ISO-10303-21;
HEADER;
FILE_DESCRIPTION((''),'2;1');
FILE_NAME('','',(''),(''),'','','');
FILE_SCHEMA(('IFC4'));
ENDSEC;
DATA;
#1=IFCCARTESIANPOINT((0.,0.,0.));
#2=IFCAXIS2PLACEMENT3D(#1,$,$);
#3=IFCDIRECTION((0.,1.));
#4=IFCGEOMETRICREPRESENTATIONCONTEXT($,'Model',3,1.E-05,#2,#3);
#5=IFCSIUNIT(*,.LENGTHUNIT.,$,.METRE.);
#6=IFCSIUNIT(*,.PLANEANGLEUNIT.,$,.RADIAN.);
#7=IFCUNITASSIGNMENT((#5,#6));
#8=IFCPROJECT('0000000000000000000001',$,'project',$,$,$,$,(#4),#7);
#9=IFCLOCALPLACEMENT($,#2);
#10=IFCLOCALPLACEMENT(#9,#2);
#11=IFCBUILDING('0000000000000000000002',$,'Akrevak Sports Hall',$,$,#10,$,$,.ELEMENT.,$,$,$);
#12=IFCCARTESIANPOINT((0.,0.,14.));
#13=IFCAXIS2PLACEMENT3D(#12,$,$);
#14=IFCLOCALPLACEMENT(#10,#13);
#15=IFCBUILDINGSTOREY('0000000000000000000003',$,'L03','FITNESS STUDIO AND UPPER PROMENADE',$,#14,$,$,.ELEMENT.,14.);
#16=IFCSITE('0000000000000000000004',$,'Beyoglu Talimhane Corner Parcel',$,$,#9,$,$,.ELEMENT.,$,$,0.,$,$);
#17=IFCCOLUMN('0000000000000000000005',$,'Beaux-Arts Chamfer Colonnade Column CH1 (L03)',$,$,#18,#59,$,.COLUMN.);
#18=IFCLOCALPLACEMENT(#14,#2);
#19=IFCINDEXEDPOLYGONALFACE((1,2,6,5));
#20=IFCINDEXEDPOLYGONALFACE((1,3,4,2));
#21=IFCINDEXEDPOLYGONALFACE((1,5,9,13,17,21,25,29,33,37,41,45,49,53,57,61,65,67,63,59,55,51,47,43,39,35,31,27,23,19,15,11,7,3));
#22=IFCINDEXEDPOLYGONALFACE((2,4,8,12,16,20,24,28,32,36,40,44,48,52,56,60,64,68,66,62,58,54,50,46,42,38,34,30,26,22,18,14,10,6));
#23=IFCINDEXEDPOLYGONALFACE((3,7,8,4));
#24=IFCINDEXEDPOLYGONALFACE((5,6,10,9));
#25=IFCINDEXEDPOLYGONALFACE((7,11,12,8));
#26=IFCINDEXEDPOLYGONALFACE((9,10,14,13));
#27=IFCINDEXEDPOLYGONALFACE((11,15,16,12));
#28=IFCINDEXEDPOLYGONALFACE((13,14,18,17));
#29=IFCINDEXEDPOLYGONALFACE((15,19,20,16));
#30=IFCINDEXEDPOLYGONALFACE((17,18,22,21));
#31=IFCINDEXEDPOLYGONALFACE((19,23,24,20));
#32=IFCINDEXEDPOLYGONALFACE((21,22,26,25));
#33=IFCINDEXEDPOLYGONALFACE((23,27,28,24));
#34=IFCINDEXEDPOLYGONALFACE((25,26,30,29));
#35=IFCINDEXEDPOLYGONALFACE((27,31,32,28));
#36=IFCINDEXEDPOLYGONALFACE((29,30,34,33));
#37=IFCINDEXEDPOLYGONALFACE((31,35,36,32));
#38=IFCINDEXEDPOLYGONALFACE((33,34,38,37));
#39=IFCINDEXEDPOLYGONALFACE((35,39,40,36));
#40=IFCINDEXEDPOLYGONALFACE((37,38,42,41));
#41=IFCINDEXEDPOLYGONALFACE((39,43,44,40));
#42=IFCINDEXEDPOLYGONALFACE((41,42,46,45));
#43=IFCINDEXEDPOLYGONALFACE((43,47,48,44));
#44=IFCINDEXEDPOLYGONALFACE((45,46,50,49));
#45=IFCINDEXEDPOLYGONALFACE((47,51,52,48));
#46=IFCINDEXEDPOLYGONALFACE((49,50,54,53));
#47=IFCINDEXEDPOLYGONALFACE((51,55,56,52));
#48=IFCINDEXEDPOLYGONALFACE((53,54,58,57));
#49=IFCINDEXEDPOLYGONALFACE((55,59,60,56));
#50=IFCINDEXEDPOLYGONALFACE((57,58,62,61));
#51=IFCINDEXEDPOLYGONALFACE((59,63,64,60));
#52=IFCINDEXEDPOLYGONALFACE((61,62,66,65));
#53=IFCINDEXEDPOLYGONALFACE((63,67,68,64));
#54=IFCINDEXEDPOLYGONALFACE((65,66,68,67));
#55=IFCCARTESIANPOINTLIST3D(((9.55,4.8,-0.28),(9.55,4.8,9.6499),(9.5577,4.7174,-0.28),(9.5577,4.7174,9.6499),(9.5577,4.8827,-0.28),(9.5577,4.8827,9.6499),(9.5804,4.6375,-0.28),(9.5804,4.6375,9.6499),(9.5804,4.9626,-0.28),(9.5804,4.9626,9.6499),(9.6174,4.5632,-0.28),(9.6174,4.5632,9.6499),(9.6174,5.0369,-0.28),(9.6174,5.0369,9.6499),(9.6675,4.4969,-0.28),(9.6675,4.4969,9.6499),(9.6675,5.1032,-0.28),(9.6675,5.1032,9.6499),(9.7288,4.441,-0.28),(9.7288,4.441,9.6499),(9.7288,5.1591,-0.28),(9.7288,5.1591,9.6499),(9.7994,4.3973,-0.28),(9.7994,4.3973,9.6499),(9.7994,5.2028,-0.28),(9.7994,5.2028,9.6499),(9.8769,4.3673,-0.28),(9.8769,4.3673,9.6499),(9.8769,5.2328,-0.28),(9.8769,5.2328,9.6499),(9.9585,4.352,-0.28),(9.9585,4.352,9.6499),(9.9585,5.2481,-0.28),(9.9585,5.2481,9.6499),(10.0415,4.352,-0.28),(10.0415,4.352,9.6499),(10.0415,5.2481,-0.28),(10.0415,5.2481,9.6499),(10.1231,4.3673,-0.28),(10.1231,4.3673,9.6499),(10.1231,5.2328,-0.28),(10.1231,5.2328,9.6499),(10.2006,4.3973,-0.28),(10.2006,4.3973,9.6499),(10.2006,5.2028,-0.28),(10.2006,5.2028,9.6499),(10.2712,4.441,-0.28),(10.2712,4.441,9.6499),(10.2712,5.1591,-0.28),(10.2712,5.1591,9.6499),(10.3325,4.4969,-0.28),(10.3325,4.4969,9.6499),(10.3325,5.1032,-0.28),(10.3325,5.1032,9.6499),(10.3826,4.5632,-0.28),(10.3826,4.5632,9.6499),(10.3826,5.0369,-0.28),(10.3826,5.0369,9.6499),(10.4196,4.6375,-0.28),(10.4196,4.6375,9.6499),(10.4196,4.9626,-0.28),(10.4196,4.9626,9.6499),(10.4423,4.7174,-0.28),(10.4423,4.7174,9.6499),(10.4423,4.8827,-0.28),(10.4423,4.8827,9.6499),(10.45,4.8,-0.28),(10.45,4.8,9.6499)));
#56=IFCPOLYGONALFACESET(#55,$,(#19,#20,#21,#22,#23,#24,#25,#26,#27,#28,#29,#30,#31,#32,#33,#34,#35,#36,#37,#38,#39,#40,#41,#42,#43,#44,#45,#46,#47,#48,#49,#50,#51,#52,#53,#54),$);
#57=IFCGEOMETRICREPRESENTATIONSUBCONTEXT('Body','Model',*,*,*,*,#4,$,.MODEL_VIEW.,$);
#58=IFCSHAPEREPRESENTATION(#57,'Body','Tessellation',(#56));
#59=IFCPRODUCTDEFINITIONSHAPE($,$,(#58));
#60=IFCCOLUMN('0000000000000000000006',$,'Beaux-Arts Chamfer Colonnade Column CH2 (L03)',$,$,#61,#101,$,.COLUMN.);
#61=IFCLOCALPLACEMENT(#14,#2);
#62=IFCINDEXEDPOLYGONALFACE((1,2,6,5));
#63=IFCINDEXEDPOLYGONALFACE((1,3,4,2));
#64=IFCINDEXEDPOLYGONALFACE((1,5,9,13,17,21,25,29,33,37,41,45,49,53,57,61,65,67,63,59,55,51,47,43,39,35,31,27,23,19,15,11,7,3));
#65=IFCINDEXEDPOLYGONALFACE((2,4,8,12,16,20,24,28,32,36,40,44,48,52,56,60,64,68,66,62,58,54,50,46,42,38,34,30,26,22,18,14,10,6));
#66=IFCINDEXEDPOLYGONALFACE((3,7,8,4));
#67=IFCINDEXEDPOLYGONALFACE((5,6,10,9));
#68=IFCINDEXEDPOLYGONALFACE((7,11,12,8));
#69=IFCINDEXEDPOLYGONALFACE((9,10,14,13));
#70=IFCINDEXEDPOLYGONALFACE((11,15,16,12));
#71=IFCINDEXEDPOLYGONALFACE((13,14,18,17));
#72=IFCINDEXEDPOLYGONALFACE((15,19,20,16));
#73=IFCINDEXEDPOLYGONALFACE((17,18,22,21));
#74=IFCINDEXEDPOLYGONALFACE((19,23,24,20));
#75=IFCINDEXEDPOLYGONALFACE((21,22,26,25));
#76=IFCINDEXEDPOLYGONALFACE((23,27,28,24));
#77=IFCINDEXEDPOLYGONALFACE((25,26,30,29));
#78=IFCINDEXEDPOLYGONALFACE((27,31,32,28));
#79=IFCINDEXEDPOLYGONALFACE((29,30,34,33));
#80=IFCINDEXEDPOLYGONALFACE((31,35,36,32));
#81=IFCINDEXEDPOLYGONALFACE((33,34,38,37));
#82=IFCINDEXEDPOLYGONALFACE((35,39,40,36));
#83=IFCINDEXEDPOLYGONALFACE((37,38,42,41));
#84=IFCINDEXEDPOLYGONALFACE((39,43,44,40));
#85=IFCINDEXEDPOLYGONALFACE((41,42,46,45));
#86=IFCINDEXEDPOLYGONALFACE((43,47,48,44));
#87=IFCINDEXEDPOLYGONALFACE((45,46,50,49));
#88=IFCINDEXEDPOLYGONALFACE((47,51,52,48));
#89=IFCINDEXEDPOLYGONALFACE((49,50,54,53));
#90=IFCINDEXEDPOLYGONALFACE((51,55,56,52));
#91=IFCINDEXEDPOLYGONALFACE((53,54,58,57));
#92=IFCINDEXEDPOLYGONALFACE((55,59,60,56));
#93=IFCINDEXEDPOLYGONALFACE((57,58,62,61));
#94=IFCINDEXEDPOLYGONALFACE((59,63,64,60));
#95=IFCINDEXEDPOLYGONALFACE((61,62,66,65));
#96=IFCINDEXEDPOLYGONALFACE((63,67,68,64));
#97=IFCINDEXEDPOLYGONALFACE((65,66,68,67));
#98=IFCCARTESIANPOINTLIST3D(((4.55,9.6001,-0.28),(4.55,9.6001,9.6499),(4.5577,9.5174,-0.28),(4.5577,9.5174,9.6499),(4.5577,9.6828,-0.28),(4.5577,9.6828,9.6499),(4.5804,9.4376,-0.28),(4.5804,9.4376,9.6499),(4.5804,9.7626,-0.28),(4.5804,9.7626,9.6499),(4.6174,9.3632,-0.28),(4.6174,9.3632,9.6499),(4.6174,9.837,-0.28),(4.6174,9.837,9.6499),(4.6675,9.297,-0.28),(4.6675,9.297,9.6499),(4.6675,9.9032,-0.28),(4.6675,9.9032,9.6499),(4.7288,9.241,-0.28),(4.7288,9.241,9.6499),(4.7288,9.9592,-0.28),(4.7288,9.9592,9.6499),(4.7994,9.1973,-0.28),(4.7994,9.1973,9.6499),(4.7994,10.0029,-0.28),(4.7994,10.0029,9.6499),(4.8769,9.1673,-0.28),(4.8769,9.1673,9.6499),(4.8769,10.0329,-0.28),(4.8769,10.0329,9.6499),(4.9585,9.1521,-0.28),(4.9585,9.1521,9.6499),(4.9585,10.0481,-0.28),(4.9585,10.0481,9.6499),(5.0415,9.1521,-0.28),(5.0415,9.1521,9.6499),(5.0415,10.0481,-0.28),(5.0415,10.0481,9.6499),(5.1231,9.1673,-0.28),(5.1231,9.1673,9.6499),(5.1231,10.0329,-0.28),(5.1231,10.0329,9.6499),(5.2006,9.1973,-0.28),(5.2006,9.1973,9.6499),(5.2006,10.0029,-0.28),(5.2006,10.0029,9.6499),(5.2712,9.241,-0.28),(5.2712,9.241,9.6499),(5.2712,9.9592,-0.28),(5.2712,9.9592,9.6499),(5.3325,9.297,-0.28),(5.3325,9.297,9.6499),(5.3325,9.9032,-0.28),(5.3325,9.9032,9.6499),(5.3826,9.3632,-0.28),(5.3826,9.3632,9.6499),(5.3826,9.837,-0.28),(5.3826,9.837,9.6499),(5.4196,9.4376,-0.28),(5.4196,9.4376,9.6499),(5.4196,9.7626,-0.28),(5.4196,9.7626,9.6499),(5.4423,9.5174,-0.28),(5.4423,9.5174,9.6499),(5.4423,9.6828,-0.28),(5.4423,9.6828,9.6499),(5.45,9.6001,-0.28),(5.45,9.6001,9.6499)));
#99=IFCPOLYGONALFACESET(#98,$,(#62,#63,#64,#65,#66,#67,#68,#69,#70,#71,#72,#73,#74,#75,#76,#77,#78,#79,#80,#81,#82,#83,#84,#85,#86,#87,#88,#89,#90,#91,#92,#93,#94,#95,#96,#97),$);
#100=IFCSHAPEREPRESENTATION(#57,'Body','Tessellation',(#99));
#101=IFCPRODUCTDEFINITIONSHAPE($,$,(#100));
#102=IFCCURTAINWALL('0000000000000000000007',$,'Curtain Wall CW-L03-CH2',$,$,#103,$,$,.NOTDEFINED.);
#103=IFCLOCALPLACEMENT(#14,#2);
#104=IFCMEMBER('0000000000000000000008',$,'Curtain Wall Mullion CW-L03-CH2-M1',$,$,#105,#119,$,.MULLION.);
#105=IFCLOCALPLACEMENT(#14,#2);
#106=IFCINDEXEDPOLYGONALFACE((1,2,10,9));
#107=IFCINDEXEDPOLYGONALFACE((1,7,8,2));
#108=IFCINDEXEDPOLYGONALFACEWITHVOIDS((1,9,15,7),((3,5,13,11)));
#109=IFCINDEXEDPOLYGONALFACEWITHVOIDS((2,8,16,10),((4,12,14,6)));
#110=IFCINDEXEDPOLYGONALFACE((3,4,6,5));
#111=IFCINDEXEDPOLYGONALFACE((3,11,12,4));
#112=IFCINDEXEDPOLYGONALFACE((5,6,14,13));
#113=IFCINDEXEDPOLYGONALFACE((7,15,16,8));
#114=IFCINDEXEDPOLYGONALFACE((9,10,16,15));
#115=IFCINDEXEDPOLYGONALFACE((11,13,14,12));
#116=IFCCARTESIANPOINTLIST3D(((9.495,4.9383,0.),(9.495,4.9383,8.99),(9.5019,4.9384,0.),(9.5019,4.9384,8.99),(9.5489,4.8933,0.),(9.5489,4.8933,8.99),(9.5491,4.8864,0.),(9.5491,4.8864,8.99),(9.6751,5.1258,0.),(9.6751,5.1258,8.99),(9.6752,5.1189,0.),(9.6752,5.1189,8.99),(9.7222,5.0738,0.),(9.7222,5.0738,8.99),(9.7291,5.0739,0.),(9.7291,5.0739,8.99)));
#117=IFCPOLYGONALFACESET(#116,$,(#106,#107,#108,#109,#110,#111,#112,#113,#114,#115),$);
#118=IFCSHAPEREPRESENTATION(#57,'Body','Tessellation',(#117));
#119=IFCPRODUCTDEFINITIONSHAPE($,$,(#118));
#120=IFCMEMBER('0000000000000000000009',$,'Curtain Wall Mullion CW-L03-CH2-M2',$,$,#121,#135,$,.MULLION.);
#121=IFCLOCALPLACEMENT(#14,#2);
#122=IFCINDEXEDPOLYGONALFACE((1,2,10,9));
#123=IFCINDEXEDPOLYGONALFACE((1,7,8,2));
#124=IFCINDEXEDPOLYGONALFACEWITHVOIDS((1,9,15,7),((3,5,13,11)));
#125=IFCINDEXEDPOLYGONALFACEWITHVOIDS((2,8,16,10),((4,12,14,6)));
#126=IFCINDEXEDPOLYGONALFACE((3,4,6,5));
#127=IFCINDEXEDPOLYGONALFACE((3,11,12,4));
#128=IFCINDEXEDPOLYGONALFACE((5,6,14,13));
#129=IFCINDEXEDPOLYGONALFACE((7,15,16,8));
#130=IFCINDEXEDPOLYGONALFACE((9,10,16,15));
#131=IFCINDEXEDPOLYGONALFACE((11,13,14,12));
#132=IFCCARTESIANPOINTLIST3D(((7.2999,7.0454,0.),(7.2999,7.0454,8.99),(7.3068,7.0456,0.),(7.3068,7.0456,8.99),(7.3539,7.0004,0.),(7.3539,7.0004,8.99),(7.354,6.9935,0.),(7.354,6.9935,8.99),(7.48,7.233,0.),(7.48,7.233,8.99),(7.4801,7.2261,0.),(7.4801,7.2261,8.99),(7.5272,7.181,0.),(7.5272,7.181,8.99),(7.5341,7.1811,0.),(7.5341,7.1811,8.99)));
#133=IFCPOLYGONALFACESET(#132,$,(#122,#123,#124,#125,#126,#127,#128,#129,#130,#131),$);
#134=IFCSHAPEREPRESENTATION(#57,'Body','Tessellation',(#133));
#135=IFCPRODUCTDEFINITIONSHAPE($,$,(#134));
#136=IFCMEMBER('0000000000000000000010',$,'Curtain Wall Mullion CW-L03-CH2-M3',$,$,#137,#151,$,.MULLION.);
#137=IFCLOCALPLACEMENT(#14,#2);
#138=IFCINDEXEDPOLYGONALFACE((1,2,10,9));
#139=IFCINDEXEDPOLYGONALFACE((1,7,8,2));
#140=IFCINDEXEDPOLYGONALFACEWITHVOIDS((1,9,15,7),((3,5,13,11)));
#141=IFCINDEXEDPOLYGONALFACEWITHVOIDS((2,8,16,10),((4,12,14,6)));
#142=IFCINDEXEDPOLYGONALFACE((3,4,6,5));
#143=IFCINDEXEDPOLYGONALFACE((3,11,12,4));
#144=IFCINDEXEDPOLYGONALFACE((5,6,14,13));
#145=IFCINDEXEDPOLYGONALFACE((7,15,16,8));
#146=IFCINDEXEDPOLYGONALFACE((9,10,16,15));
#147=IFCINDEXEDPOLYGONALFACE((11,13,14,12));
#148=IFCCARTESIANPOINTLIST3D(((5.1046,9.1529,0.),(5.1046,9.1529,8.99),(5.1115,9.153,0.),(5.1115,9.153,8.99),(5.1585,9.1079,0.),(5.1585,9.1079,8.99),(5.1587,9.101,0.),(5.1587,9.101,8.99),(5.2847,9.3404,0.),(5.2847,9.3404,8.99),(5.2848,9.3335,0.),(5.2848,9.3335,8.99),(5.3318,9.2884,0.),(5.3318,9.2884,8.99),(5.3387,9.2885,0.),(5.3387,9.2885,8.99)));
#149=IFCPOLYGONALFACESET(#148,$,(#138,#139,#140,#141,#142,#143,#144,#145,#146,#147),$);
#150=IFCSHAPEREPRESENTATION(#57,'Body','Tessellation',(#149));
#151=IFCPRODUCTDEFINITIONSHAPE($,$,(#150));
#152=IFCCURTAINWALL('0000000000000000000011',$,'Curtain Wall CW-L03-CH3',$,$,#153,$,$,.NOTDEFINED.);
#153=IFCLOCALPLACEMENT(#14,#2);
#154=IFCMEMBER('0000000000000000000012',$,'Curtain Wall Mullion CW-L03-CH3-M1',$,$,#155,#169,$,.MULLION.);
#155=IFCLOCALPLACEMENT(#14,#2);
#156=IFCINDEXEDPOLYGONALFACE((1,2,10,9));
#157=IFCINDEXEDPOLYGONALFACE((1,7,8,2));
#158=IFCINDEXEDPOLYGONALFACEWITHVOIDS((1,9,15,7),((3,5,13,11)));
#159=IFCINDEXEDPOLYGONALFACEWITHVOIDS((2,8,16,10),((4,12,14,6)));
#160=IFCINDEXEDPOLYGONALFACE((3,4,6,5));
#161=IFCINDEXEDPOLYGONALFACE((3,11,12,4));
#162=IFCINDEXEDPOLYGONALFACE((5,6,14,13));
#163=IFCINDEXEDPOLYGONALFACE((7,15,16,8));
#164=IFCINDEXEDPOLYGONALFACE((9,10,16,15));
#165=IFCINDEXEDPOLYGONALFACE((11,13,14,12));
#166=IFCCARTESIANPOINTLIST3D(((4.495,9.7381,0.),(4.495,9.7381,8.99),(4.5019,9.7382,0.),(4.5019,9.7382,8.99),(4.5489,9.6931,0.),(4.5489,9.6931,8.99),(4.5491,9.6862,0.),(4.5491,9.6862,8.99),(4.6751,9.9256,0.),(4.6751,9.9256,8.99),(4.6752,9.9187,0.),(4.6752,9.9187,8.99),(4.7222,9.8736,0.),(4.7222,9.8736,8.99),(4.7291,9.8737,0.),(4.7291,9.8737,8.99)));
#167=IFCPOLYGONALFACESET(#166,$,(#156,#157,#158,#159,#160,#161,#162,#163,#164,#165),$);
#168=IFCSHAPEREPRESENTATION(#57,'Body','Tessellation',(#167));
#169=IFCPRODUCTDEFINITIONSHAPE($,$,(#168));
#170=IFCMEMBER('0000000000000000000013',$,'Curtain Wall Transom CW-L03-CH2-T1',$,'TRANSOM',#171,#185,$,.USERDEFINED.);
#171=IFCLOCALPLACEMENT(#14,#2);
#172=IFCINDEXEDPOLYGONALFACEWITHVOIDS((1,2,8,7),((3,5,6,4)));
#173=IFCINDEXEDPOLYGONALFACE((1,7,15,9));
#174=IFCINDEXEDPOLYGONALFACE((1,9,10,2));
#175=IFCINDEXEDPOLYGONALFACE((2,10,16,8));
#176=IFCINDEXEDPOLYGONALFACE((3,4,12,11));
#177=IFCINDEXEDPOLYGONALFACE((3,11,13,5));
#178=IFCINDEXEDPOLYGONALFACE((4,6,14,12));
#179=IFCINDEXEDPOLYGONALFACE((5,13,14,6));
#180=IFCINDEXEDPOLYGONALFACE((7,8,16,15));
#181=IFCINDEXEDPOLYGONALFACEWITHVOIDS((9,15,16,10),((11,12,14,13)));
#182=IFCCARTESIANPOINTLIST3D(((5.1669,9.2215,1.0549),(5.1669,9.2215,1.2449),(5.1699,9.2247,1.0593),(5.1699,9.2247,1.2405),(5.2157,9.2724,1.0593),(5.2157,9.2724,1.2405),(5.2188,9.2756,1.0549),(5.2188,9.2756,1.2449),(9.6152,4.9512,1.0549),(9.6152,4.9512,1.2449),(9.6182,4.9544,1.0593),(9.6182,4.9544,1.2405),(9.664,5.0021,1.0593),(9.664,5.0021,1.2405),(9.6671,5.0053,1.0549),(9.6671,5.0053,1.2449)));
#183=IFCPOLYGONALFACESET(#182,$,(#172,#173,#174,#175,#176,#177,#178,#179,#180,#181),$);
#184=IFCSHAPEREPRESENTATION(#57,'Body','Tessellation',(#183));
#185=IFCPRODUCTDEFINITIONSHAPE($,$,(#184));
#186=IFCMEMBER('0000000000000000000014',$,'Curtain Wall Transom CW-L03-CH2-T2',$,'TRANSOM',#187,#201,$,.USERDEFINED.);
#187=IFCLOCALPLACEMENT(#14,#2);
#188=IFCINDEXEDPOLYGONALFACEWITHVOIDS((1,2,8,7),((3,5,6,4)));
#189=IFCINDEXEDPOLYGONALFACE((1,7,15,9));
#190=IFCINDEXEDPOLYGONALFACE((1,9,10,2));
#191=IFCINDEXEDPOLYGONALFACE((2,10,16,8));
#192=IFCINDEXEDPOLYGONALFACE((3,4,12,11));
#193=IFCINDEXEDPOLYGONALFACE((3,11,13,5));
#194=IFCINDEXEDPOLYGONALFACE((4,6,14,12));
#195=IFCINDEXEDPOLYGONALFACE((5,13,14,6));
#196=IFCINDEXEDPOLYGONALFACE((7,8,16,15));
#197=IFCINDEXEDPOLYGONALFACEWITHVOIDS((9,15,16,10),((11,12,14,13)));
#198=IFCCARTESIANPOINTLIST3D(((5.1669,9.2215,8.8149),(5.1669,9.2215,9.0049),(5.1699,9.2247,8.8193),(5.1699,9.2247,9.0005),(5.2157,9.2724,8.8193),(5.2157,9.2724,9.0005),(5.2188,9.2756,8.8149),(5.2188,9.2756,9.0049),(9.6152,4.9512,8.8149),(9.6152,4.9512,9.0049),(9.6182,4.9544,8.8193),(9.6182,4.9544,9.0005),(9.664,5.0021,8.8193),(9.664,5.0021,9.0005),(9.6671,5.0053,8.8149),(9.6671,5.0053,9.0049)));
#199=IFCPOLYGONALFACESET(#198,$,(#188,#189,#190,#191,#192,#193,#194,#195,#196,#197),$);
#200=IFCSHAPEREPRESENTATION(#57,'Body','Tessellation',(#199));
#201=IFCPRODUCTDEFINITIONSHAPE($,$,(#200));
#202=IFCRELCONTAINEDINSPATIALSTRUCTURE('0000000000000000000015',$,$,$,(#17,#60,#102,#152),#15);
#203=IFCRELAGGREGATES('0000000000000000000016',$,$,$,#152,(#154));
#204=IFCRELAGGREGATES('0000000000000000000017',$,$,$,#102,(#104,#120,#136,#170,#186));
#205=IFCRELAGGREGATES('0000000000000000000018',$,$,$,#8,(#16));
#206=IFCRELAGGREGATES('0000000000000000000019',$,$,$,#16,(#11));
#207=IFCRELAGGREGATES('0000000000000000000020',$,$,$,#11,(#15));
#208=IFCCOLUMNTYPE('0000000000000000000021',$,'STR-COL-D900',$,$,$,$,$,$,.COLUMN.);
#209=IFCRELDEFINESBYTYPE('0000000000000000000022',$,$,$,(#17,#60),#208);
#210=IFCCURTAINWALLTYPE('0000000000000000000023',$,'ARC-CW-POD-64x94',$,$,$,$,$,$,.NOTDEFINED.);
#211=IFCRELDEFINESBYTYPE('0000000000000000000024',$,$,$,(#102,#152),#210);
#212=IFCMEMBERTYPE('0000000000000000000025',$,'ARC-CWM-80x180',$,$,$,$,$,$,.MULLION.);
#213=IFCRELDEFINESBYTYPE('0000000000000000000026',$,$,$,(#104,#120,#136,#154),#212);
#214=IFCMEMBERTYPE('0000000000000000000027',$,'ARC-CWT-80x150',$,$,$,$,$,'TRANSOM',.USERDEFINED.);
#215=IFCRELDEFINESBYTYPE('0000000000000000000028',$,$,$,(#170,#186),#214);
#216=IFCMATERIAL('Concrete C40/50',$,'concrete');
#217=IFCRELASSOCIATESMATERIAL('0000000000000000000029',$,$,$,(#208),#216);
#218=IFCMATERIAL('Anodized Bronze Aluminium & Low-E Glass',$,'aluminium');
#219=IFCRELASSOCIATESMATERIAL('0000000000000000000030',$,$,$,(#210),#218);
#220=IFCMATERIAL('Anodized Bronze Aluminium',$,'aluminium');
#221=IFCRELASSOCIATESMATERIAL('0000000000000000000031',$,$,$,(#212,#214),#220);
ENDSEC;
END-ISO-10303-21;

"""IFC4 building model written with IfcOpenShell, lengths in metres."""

from ifc_helpers import new_model, si_unit, direction, frame, origin, origin_2d, place, context, subcontext, project, spatial, hollow_rectangle, circle, extrude, material, material_profile, profile_set, type_object, element, aggregate, save


model = new_model("IFC4")

# Units and contexts
model_context = context("Model", 3, precision=1e-05, world=origin(), true_north=direction((0.0, 1.0)))
body_context = subcontext(model_context, "Body", "Model", "MODEL_VIEW")
ifc_project = project(units=[si_unit("LENGTHUNIT", "METRE"), si_unit("PLANEANGLEUNIT", "RADIAN")], contexts=[model_context])

# Site, building, storey
site_placement = place(None, origin())
site = spatial("IfcSite", under=ifc_project, at=site_placement, Name="Beyoglu Talimhane Corner Parcel", CompositionType="ELEMENT", RefElevation=0.0)
building_placement = place(site_placement, origin())
building = spatial("IfcBuilding", under=site, at=building_placement, Name="Akrevak Sports Hall", CompositionType="ELEMENT")
storey_placement = place(building_placement, frame((0.0, 0.0, 14.0)))
storey = spatial("IfcBuildingStorey", under=building, at=storey_placement, Name="L03", Description="FITNESS STUDIO AND UPPER PROMENADE", CompositionType="ELEMENT", Elevation=14.0)

# Columns
ifc_material_1 = material(Name="Concrete C40/50", Category="concrete")
ifc_material_profile_1 = material_profile(ifc_material_1, circle(Radius=0.45, at=origin_2d()), Name="COL D900", Category="concrete")
ifc_profile_set_1 = profile_set([ifc_material_profile_1], Name="Concrete C40/50")
column_type = type_object("IfcColumnType", Name="STR-COL-D900", PredefinedType="COLUMN", material=ifc_profile_set_1)
for number, where, z_axis, x_axis, name in (
    (1, (10.0, 4.8, -0.28), (0.0, 0.0, 1.0), (1.0, 0.0, 0.0), "Beaux-Arts Chamfer Colonnade Column CH1 (L03)"),
    (2, (5.0, 9.6001, -0.28), (0.0, 0.0, 1.0), (1.0, 0.0, 0.0), "Beaux-Arts Chamfer Colonnade Column CH2 (L03)"),
):
    element("IfcColumn", number, at=place(storey_placement, frame(where, z_axis=z_axis, x_axis=x_axis)), inside=storey, type_object=column_type, Name=name, PredefinedType="COLUMN", context=body_context, shape_type="SweptSolid", body=[
        extrude(circle(Radius=0.45, at=origin_2d()), origin(), (0.0, 0.0, 1.0), 9.9299),
    ])

# Curtain wall, members
ifc_material_2 = material(Name="Anodized Bronze Aluminium & Low-E Glass", Category="aluminium")
curtain_wall_type = type_object("IfcCurtainWallType", Name="ARC-CW-POD-64x94", PredefinedType="NOTDEFINED", material=ifc_material_2)
curtain_wall_1_placement = place(storey_placement, origin())
curtain_wall_1 = element("IfcCurtainWall", 3, at=curtain_wall_1_placement, inside=storey, type_object=curtain_wall_type, Name="Curtain Wall CW-L03-CH2", PredefinedType="NOTDEFINED")
ifc_material_3 = material(Name="Anodized Bronze Aluminium", Category="aluminium")
ifc_material_profile_2 = material_profile(ifc_material_3, hollow_rectangle(XDim=0.075, YDim=0.26, WallThickness=0.0049, at=origin_2d()), Name="CWM 75x260", Category="aluminium")
ifc_profile_set_2 = profile_set([ifc_material_profile_2], Name="Anodized Bronze Aluminium")
member_type_1 = type_object("IfcMemberType", Name="ARC-CWM-80x180", PredefinedType="MULLION", material=ifc_profile_set_2)
member_1_placement = place(storey_placement, frame((9.6121, 5.0061, 0.0), z_axis=(0.0, 0.0, 1.0), x_axis=(-0.721398, 0.692521, 0.0)))
member_1 = element("IfcMember", 4, at=member_1_placement, type_object=member_type_1, Name="Curtain Wall Mullion CW-L03-CH2-M1", PredefinedType="MULLION", context=body_context, shape_type="SweptSolid", body=[
    extrude(hollow_rectangle(XDim=0.075, YDim=0.26, WallThickness=0.0049, at=origin_2d()), origin(), (0.0, 0.0, 1.0), 8.99),
])
member_2_placement = place(storey_placement, frame((7.417, 7.1133, 0.0), z_axis=(0.0, 0.0, 1.0), x_axis=(-0.721398, 0.692521, 0.0)))
member_2 = element("IfcMember", 5, at=member_2_placement, type_object=member_type_1, Name="Curtain Wall Mullion CW-L03-CH2-M2", PredefinedType="MULLION", context=body_context, shape_type="SweptSolid", body=[
    extrude(hollow_rectangle(XDim=0.075, YDim=0.26, WallThickness=0.0049, at=origin_2d()), origin(), (0.0, 0.0, 1.0), 8.99),
])
member_3_placement = place(storey_placement, frame((5.2217, 9.2207, 0.0), z_axis=(0.0, 0.0, 1.0), x_axis=(-0.721398, 0.692521, 0.0)))
member_3 = element("IfcMember", 6, at=member_3_placement, type_object=member_type_1, Name="Curtain Wall Mullion CW-L03-CH2-M3", PredefinedType="MULLION", context=body_context, shape_type="SweptSolid", body=[
    extrude(hollow_rectangle(XDim=0.075, YDim=0.26, WallThickness=0.0049, at=origin_2d()), origin(), (0.0, 0.0, 1.0), 8.99),
])

# Curtain wall, member
curtain_wall_2_placement = place(storey_placement, origin())
curtain_wall_2 = element("IfcCurtainWall", 7, at=curtain_wall_2_placement, inside=storey, type_object=curtain_wall_type, Name="Curtain Wall CW-L03-CH3", PredefinedType="NOTDEFINED")
member_4_placement = place(storey_placement, frame((4.6121, 9.8059, 0.0), z_axis=(0.0, 0.0, 1.0), x_axis=(-0.721398, 0.692521, 0.0)))
member_4 = element("IfcMember", 8, at=member_4_placement, type_object=member_type_1, Name="Curtain Wall Mullion CW-L03-CH3-M1", PredefinedType="MULLION", context=body_context, shape_type="SweptSolid", body=[
    extrude(hollow_rectangle(XDim=0.075, YDim=0.26, WallThickness=0.0049, at=origin_2d()), origin(), (0.0, 0.0, 1.0), 8.99),
])

# Members
ifc_material_profile_3 = material_profile(ifc_material_3, hollow_rectangle(XDim=0.075, YDim=0.1899, WallThickness=0.0044, at=origin_2d()), Name="CWT 75x190", Category="aluminium")
ifc_profile_set_3 = profile_set([ifc_material_profile_3], Name="Anodized Bronze Aluminium")
member_type_2 = type_object("IfcMemberType", Name="ARC-CWT-80x150", ElementType="TRANSOM", PredefinedType="USERDEFINED", material=ifc_profile_set_3)
member_5_placement = place(storey_placement, frame((9.6411, 4.9783, 1.1499), z_axis=(-0.721391, 0.692528, 0.0), x_axis=(-0.692528, -0.721391, 0.0)))
member_5 = element("IfcMember", 9, at=member_5_placement, type_object=member_type_2, Name="Curtain Wall Transom CW-L03-CH2-T1", ObjectType="TRANSOM", PredefinedType="USERDEFINED", context=body_context, shape_type="SweptSolid", body=[
    extrude(hollow_rectangle(XDim=0.075, YDim=0.1899, WallThickness=0.0044, at=origin_2d()), origin(), (0.0, 0.0, 1.0), 6.1663),
])
member_6_placement = place(storey_placement, frame((9.6411, 4.9783, 8.9099), z_axis=(-0.721391, 0.692528, 0.0), x_axis=(-0.692528, -0.721391, 0.0)))
member_6 = element("IfcMember", 10, at=member_6_placement, type_object=member_type_2, Name="Curtain Wall Transom CW-L03-CH2-T2", ObjectType="TRANSOM", PredefinedType="USERDEFINED", context=body_context, shape_type="SweptSolid", body=[
    extrude(hollow_rectangle(XDim=0.075, YDim=0.1899, WallThickness=0.0044, at=origin_2d()), origin(), (0.0, 0.0, 1.0), 6.1663),
])
aggregate(curtain_wall_2, [member_4])

aggregate(curtain_wall_1, [member_1, member_2, member_3, member_5, member_6])

save(model, "model.ifc")
